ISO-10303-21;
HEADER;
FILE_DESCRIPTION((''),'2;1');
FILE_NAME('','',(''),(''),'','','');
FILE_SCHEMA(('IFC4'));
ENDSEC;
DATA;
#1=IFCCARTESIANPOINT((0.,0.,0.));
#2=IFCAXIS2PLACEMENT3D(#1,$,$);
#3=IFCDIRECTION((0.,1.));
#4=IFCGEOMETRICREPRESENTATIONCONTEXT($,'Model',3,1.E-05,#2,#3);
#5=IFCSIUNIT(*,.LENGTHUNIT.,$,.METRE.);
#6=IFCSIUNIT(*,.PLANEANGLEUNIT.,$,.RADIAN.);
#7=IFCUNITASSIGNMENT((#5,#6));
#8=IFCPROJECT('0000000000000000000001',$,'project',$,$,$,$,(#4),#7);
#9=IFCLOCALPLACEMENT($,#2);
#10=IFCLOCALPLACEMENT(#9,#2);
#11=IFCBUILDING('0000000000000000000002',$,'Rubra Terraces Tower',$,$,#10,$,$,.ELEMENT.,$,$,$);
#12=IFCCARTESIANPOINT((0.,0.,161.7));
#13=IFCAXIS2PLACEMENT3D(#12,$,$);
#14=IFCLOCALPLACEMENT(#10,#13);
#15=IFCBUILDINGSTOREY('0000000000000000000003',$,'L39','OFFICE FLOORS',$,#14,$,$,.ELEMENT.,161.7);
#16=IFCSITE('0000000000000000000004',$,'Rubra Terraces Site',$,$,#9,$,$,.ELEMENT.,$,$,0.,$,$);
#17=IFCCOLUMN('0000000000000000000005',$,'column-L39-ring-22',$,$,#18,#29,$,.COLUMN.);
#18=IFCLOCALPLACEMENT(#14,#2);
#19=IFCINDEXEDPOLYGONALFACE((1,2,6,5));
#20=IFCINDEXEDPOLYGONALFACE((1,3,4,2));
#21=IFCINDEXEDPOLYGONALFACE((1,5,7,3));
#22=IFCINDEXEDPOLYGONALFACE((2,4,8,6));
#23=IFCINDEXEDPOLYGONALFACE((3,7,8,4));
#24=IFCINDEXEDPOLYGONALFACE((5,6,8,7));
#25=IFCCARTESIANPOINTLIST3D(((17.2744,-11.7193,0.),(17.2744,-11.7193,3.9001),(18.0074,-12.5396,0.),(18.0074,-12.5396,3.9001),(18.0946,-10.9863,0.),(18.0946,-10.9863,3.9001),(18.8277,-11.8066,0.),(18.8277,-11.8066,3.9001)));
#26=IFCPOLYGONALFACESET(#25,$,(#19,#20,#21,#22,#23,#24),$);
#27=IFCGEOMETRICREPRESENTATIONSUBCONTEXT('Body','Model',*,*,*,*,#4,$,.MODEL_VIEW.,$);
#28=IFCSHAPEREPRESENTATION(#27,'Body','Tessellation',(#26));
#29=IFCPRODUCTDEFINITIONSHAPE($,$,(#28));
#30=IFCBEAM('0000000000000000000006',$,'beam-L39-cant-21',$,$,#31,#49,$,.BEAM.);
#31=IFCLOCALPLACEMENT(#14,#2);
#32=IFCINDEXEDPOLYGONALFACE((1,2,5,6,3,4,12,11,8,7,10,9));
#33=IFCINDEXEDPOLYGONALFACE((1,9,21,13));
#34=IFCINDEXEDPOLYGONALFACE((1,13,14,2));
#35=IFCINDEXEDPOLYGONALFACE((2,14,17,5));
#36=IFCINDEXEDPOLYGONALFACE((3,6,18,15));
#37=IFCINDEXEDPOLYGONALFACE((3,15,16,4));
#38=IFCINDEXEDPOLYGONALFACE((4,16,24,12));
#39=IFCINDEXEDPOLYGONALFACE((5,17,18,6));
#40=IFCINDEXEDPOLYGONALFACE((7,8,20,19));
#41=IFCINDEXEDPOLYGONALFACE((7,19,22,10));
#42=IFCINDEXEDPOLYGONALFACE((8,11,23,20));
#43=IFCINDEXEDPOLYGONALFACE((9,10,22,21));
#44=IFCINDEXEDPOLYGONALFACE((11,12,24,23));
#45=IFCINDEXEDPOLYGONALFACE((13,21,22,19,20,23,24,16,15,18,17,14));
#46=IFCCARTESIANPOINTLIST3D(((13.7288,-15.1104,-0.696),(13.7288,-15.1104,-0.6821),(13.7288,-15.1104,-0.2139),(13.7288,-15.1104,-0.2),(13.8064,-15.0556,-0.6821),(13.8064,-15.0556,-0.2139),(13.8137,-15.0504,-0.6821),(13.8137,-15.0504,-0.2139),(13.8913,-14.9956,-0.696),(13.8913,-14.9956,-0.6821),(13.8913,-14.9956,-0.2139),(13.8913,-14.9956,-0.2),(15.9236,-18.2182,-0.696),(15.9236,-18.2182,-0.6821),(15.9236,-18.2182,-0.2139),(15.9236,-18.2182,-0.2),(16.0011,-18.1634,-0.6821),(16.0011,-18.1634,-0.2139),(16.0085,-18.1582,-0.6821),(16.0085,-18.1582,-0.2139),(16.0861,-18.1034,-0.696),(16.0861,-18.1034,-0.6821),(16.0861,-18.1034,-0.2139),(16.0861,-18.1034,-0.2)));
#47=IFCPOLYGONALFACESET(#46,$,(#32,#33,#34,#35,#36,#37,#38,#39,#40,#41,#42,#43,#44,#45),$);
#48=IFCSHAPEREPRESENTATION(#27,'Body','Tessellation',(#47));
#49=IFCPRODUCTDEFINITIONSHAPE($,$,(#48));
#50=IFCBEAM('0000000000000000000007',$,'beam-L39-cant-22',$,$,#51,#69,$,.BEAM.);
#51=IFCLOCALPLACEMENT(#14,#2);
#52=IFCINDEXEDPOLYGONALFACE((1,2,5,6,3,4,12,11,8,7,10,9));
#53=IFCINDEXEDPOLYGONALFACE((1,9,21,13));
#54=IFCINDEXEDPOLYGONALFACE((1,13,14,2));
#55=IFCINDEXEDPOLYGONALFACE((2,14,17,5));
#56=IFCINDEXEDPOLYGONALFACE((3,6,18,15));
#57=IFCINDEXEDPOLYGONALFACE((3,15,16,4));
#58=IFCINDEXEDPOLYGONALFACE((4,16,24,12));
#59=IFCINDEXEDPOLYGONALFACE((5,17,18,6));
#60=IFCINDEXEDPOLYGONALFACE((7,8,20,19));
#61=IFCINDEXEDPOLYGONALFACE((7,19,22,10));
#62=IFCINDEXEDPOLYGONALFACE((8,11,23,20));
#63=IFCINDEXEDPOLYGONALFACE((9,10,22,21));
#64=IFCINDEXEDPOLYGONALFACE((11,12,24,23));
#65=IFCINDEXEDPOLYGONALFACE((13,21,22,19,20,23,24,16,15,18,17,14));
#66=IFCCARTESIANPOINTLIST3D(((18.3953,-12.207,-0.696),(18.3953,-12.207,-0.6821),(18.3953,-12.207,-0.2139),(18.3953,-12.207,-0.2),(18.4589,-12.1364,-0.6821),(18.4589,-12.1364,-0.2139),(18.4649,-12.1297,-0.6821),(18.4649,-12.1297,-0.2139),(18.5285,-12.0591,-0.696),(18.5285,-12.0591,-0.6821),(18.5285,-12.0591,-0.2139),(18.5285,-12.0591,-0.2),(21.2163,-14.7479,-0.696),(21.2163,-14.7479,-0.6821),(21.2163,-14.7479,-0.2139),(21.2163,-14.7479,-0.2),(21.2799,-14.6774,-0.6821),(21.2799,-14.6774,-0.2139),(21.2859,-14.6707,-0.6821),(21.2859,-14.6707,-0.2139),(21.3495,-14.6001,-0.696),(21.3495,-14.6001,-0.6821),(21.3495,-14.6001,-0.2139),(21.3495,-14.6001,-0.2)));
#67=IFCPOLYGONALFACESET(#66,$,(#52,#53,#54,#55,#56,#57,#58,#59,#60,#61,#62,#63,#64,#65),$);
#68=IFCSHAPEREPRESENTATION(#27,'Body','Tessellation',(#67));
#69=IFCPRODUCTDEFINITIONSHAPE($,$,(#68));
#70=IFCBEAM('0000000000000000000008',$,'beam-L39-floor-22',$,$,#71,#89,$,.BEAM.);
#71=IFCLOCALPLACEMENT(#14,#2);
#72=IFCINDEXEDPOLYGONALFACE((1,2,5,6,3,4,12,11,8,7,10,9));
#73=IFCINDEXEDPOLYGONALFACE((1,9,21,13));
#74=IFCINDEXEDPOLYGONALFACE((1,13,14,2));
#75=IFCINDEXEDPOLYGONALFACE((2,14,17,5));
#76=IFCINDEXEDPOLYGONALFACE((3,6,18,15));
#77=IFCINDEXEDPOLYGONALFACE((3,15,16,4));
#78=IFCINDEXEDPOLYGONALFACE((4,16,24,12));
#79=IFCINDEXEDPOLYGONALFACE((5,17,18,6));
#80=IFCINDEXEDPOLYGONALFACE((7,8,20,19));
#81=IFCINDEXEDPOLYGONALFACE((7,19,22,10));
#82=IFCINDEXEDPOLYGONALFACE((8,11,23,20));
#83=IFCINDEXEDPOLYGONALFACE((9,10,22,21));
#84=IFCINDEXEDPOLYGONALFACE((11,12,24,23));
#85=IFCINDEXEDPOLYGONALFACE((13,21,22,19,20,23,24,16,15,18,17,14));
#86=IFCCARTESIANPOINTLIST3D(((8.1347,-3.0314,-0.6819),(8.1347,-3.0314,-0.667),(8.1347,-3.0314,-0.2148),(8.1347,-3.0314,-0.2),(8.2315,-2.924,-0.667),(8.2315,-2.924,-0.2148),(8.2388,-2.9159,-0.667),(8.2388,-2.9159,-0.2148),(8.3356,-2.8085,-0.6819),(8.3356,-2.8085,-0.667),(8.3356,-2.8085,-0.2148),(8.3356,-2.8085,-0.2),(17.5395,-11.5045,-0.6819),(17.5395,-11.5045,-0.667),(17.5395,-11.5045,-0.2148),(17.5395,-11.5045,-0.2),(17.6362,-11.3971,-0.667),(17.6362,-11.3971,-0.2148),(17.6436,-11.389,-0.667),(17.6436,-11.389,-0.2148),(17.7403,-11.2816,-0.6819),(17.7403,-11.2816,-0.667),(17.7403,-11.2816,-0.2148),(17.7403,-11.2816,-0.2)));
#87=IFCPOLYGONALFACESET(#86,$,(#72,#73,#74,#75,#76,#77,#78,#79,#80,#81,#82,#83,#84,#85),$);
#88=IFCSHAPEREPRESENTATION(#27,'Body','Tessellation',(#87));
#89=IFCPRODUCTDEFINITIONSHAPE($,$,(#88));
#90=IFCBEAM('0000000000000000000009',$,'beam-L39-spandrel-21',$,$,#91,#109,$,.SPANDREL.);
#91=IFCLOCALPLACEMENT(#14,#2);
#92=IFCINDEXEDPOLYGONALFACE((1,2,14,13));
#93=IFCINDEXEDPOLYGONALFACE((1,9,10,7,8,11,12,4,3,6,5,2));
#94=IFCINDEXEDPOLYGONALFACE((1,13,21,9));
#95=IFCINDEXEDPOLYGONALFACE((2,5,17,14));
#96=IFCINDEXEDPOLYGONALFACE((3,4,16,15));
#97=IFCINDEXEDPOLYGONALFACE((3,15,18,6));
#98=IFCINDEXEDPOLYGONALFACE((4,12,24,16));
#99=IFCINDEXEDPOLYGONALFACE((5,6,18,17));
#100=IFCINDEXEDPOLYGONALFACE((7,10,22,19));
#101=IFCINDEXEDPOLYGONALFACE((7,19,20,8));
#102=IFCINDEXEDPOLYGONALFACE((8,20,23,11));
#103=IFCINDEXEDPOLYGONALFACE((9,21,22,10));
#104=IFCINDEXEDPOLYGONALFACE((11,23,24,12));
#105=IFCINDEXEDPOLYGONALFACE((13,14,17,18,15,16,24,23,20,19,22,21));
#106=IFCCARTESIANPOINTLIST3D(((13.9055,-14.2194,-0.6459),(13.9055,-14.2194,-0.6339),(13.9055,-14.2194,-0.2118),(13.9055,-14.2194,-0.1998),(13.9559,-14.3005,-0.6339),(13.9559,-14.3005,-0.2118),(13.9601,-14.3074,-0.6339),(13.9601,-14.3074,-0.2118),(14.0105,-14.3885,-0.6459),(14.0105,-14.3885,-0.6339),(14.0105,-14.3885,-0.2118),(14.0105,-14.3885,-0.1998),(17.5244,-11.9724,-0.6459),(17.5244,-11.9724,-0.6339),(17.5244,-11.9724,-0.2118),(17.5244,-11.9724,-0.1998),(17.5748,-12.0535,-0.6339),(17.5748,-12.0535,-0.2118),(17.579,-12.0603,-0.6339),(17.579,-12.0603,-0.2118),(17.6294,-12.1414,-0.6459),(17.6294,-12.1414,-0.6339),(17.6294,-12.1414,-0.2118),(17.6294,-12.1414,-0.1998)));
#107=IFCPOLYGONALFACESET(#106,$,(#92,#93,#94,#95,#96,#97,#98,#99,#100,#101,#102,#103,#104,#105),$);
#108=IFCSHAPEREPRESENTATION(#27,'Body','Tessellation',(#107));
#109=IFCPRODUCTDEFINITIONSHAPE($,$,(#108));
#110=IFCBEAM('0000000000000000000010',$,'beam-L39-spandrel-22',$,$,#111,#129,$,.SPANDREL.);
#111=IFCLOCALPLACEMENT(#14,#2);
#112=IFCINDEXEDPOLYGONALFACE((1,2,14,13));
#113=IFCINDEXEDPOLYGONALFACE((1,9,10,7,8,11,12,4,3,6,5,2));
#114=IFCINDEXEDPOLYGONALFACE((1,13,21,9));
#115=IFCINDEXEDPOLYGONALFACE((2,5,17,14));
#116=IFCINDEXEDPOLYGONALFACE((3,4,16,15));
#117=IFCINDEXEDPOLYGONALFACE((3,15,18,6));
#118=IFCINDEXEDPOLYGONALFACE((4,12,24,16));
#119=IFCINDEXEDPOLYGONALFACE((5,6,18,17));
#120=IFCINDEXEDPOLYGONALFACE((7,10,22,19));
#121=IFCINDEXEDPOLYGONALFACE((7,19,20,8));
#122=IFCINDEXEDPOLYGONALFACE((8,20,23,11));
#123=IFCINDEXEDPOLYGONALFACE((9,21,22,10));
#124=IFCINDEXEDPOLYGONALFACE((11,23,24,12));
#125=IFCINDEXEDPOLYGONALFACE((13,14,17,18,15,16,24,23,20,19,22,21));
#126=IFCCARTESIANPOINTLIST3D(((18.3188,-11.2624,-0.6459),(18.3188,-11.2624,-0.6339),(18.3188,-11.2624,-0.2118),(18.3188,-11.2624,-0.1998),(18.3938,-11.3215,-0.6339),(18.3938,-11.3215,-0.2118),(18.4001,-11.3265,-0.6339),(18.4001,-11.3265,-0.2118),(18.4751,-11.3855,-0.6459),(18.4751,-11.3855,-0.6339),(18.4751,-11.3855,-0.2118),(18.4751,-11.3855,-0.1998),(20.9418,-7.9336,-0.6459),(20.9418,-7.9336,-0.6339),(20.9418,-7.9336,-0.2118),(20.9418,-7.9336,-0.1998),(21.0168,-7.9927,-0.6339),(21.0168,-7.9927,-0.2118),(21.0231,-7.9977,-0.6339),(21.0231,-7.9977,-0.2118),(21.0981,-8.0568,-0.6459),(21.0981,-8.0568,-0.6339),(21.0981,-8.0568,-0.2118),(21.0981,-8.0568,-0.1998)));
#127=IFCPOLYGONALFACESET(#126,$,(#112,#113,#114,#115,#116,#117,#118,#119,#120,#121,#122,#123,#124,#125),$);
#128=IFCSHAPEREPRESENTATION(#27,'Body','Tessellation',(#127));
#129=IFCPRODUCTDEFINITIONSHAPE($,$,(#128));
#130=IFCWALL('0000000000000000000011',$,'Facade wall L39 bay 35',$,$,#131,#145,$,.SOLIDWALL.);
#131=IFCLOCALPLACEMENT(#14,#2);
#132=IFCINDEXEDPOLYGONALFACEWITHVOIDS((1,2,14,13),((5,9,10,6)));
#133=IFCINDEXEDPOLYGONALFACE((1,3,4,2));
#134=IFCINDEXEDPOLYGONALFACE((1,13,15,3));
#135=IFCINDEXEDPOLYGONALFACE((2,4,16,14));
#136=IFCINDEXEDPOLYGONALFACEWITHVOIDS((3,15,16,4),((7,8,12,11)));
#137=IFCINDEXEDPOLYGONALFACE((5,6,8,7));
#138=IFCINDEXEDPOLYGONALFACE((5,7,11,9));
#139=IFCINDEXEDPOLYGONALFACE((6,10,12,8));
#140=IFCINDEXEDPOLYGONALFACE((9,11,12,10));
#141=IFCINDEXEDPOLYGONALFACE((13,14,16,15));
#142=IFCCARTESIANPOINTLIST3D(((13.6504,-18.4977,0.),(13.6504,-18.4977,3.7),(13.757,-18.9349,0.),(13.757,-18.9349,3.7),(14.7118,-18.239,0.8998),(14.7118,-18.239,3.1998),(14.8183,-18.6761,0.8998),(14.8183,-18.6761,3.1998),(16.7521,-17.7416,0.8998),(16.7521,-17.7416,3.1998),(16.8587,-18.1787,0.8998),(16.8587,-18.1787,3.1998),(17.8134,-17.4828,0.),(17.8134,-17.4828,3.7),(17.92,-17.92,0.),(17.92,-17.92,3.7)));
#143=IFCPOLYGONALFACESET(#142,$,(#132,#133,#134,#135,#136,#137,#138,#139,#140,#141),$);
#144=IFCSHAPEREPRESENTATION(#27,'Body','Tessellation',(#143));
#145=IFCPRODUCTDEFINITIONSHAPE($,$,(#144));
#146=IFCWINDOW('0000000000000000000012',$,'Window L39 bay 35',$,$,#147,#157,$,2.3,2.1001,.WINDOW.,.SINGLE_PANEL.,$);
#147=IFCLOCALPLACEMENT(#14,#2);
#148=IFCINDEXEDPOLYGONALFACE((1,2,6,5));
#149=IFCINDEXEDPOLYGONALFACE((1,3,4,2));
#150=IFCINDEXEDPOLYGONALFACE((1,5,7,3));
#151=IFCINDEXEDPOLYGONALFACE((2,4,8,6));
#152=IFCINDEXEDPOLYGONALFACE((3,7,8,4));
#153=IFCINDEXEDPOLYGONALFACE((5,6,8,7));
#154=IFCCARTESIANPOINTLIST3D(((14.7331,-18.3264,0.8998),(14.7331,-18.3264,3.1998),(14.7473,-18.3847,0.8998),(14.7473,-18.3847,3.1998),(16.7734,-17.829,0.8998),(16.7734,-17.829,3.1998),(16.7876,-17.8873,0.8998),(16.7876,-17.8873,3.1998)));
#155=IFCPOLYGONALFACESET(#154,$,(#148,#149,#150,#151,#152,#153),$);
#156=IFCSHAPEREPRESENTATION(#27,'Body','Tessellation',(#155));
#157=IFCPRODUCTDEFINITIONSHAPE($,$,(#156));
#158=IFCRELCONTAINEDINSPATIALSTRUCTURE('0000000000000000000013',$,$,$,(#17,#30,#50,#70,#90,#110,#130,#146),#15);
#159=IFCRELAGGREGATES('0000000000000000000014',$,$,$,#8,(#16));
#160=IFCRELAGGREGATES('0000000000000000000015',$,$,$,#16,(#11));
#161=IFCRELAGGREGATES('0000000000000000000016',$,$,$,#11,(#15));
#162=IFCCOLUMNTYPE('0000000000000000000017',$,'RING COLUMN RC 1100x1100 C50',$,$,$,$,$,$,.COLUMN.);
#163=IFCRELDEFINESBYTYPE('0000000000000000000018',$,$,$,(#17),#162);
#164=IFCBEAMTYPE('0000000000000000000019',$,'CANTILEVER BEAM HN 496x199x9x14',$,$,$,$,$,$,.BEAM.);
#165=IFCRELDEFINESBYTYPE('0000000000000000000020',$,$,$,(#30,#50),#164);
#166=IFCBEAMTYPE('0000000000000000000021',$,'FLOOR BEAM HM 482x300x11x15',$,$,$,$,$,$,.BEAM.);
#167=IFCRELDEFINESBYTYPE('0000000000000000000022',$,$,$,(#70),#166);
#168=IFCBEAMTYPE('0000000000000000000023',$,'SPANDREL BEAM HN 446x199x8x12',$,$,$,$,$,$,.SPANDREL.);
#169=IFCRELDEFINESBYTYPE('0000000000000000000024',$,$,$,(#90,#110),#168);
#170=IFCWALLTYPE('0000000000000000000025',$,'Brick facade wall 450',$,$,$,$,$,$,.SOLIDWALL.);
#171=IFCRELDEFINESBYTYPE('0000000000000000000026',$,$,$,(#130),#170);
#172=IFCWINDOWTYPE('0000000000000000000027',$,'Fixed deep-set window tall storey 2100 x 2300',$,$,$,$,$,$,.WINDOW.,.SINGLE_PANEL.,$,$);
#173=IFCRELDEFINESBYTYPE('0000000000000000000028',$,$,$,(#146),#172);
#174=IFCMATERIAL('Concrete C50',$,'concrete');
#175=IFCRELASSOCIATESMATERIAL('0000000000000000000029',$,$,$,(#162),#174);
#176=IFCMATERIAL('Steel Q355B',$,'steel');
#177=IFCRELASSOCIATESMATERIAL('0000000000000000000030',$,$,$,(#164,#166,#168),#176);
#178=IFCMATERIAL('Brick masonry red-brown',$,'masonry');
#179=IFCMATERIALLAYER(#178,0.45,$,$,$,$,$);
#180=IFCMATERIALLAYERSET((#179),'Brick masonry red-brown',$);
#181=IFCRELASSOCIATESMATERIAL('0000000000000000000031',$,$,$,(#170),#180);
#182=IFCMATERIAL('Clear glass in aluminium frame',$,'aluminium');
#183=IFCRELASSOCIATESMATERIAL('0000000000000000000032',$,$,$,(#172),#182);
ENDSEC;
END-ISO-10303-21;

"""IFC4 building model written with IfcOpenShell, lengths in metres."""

from ifc_helpers import new_model, si_unit, direction, frame, frame_2d, origin, origin_2d, place, context, subcontext, project, spatial, rectangle, i_section, extrude, material, layer, layer_set, material_profile, profile_set, type_object, element, fill, save


model = new_model("IFC4")

# Units and contexts
model_context = context("Model", 3, precision=1e-05, world=origin(), true_north=direction((0.0, 1.0)))
body_context = subcontext(model_context, "Body", "Model", "MODEL_VIEW")
ifc_project = project(units=[si_unit("LENGTHUNIT", "METRE"), si_unit("PLANEANGLEUNIT", "RADIAN")], contexts=[model_context])

# Site, building, storey
site_placement = place(None, origin())
site = spatial("IfcSite", under=ifc_project, at=site_placement, Name="Rubra Terraces Site", CompositionType="ELEMENT", RefElevation=0.0)
building_placement = place(site_placement, origin())
building = spatial("IfcBuilding", under=site, at=building_placement, Name="Rubra Terraces Tower", CompositionType="ELEMENT")
storey_placement = place(building_placement, frame((0.0, 0.0, 161.7)))
storey = spatial("IfcBuildingStorey", under=building, at=storey_placement, Name="L39", Description="OFFICE FLOORS", CompositionType="ELEMENT", Elevation=161.7)

# Column
ifc_material_1 = material(Name="Concrete C50", Category="concrete")
ifc_material_profile_1 = material_profile(ifc_material_1, rectangle(XDim=1.1001, YDim=1.1001, at=origin_2d()), Name="RC 1100x1100")
ifc_profile_set_1 = profile_set([ifc_material_profile_1], Name="Concrete C50")
column_type = type_object("IfcColumnType", Name="RING COLUMN RC 1100x1100 C50", PredefinedType="COLUMN", material=ifc_profile_set_1)
column_placement = place(storey_placement, frame((18.051, -11.7629, 0.0), z_axis=(0.0, 0.0, 1.0), x_axis=(0.745642, 0.666347, 0.0)))
element("IfcColumn", 1, at=column_placement, inside=storey, type_object=column_type, Name="column-L39-ring-22", PredefinedType="COLUMN", context=body_context, shape_type="SweptSolid", body=[
    extrude(rectangle(XDim=1.1001, YDim=1.1001, at=origin_2d()), origin(), (0.0, 0.0, 1.0), 3.9001),
])

# Beams
ifc_material_2 = material(Name="Steel Q355B", Category="steel")
ifc_material_profile_2 = material_profile(ifc_material_2, i_section(OverallWidth=0.199, OverallDepth=0.4961, WebThickness=0.009, FlangeThickness=0.0139, at=origin_2d()), Name="HN 496x199x9x14")
ifc_profile_set_2 = profile_set([ifc_material_profile_2], Name="Steel Q355B")
beam_type_1 = type_object("IfcBeamType", Name="CANTILEVER BEAM HN 496x199x9x14", PredefinedType="BEAM", material=ifc_profile_set_2)
beam_1_placement = place(storey_placement, frame((13.8101, -15.053, -0.448), z_axis=(0.57686, -0.816843, 0.0), x_axis=(0.816843, 0.57686, 0.0)))
element("IfcBeam", 2, at=beam_1_placement, inside=storey, type_object=beam_type_1, Name="beam-L39-cant-21", PredefinedType="BEAM", context=body_context, shape_type="SweptSolid", body=[
    extrude(i_section(OverallWidth=0.199, OverallDepth=0.4961, WebThickness=0.009, FlangeThickness=0.0139, at=origin_2d()), origin(), (0.0, 0.0, 1.0), 3.8047),
])
beam_2_placement = place(storey_placement, frame((18.4619, -12.1331, -0.448), z_axis=(0.743022, -0.669267, 0.0), x_axis=(0.669267, 0.743022, 0.0)))
element("IfcBeam", 3, at=beam_2_placement, inside=storey, type_object=beam_type_1, Name="beam-L39-cant-22", PredefinedType="BEAM", context=body_context, shape_type="SweptSolid", body=[
    extrude(i_section(OverallWidth=0.199, OverallDepth=0.4961, WebThickness=0.009, FlangeThickness=0.0139, at=origin_2d()), origin(), (0.0, 0.0, 1.0), 3.7966),
])
ifc_material_profile_3 = material_profile(ifc_material_2, i_section(OverallWidth=0.3, OverallDepth=0.4819, WebThickness=0.011, FlangeThickness=0.0149, at=origin_2d()), Name="HM 482x300x11x15")
ifc_profile_set_3 = profile_set([ifc_material_profile_3], Name="Steel Q355B")
beam_type_2 = type_object("IfcBeamType", Name="FLOOR BEAM HM 482x300x11x15", PredefinedType="BEAM", material=ifc_profile_set_3)
beam_3_placement = place(storey_placement, frame((17.6399, -11.3931, -0.4409), z_axis=(-0.742947, 0.66935, 0.0), x_axis=(-0.66935, -0.742947, 0.0)))
element("IfcBeam", 4, at=beam_3_placement, inside=storey, type_object=beam_type_2, Name="beam-L39-floor-22", PredefinedType="BEAM", context=body_context, shape_type="SweptSolid", body=[
    extrude(i_section(OverallWidth=0.3, OverallDepth=0.4819, WebThickness=0.011, FlangeThickness=0.0149, at=origin_2d()), origin(), (0.0, 0.0, 1.0), 12.6587),
])
ifc_material_profile_4 = material_profile(ifc_material_2, i_section(OverallWidth=0.199, OverallDepth=0.446, WebThickness=0.0081, FlangeThickness=0.012, at=origin_2d()), Name="HN 446x199x8x12")
ifc_profile_set_4 = profile_set([ifc_material_profile_4], Name="Steel Q355B")
beam_type_3 = type_object("IfcBeamType", Name="SPANDREL BEAM HN 446x199x8x12", PredefinedType="SPANDREL", material=ifc_profile_set_4)
beam_4_placement = place(storey_placement, frame((13.958, -14.304, -0.4229), z_axis=(0.84955, 0.527508, 0.0), x_axis=(-0.527508, 0.84955, 0.0)))
element("IfcBeam", 5, at=beam_4_placement, inside=storey, type_object=beam_type_3, Name="beam-L39-spandrel-21", PredefinedType="SPANDREL", context=body_context, shape_type="SweptSolid", body=[
    extrude(i_section(OverallWidth=0.199, OverallDepth=0.446, WebThickness=0.0081, FlangeThickness=0.012, at=origin_2d()), origin(), (0.0, 0.0, 1.0), 4.2598),
])
beam_5_placement = place(storey_placement, frame((18.397, -11.324, -0.4229), z_axis=(0.618917, 0.785456, 0.0), x_axis=(-0.785456, 0.618917, 0.0)))
element("IfcBeam", 6, at=beam_5_placement, inside=storey, type_object=beam_type_3, Name="beam-L39-spandrel-22", PredefinedType="SPANDREL", context=body_context, shape_type="SweptSolid", body=[
    extrude(i_section(OverallWidth=0.199, OverallDepth=0.446, WebThickness=0.0081, FlangeThickness=0.012, at=origin_2d()), origin(), (0.0, 0.0, 1.0), 4.238),
])

# Wall, opening, window
ifc_material_3 = material(Name="Brick masonry red-brown", Category="masonry")
ifc_layer_1 = layer(ifc_material_3, 0.45)
ifc_layer_set_1 = layer_set([ifc_layer_1], Name="Brick masonry red-brown")
wall_type_1 = type_object("IfcWallType", Name="Brick facade wall 450", PredefinedType="SOLIDWALL", material=ifc_layer_set_1)
wall_1_placement = place(storey_placement, frame((13.7036, -18.7163, 0.0), z_axis=(0.0, 0.0, 1.0), x_axis=(0.971547, 0.236847, 0.0)))
wall_1 = element("IfcWall", 7, at=wall_1_placement, inside=storey, type_object=wall_type_1, Name="Facade wall L39 bay 35", PredefinedType="SOLIDWALL", context=body_context, shape_type="SweptSolid", body=[
    extrude(rectangle(XDim=4.2849, YDim=0.45, at=frame_2d((2.1426, 0.0))), origin(), (0.0, 0.0, 1.0), 3.7),
])
opening_1_placement = place(wall_1_placement, frame((1.0925, 0.0, 0.8999)))
opening_1 = element("IfcOpeningElement", 8, at=opening_1_placement, cuts=wall_1, PredefinedType="OPENING", context=body_context, shape_type="SweptSolid", body=[
    extrude(rectangle(XDim=2.1001, YDim=2.3, at=frame_2d((1.05, 1.1499))), frame((0.0, 0.2349, 0.0), z_axis=(0.0, -1.0, 0.0), x_axis=(1.0, 0.0, 0.0)), (0.0, 0.0, 1.0), 0.47),
])
ifc_material_4 = material(Name="Clear glass in aluminium frame", Category="aluminium")
window_type = type_object("IfcWindowType", Name="Fixed deep-set window tall storey 2100 x 2300", PartitioningType="SINGLE_PANEL", PredefinedType="WINDOW", material=ifc_material_4)
window_1_placement = place(opening_1_placement, origin())
window_1 = element("IfcWindow", 9, at=window_1_placement, inside=storey, type_object=window_type, Name="Window L39 bay 35", OverallHeight=2.3, OverallWidth=2.1001, PartitioningType="SINGLE_PANEL", PredefinedType="WINDOW", context=body_context, shape_type="SweptSolid", body=[
    extrude(rectangle(XDim=2.1001, YDim=2.3, at=frame_2d((1.05, 1.1499))), frame((0.0, 0.135, 0.0), z_axis=(0.0, -1.0, 0.0), x_axis=(1.0, 0.0, 0.0)), (0.0, 0.0, 1.0), 0.0601),
])
fill(opening_1, window_1)

save(model, "model.ifc")
